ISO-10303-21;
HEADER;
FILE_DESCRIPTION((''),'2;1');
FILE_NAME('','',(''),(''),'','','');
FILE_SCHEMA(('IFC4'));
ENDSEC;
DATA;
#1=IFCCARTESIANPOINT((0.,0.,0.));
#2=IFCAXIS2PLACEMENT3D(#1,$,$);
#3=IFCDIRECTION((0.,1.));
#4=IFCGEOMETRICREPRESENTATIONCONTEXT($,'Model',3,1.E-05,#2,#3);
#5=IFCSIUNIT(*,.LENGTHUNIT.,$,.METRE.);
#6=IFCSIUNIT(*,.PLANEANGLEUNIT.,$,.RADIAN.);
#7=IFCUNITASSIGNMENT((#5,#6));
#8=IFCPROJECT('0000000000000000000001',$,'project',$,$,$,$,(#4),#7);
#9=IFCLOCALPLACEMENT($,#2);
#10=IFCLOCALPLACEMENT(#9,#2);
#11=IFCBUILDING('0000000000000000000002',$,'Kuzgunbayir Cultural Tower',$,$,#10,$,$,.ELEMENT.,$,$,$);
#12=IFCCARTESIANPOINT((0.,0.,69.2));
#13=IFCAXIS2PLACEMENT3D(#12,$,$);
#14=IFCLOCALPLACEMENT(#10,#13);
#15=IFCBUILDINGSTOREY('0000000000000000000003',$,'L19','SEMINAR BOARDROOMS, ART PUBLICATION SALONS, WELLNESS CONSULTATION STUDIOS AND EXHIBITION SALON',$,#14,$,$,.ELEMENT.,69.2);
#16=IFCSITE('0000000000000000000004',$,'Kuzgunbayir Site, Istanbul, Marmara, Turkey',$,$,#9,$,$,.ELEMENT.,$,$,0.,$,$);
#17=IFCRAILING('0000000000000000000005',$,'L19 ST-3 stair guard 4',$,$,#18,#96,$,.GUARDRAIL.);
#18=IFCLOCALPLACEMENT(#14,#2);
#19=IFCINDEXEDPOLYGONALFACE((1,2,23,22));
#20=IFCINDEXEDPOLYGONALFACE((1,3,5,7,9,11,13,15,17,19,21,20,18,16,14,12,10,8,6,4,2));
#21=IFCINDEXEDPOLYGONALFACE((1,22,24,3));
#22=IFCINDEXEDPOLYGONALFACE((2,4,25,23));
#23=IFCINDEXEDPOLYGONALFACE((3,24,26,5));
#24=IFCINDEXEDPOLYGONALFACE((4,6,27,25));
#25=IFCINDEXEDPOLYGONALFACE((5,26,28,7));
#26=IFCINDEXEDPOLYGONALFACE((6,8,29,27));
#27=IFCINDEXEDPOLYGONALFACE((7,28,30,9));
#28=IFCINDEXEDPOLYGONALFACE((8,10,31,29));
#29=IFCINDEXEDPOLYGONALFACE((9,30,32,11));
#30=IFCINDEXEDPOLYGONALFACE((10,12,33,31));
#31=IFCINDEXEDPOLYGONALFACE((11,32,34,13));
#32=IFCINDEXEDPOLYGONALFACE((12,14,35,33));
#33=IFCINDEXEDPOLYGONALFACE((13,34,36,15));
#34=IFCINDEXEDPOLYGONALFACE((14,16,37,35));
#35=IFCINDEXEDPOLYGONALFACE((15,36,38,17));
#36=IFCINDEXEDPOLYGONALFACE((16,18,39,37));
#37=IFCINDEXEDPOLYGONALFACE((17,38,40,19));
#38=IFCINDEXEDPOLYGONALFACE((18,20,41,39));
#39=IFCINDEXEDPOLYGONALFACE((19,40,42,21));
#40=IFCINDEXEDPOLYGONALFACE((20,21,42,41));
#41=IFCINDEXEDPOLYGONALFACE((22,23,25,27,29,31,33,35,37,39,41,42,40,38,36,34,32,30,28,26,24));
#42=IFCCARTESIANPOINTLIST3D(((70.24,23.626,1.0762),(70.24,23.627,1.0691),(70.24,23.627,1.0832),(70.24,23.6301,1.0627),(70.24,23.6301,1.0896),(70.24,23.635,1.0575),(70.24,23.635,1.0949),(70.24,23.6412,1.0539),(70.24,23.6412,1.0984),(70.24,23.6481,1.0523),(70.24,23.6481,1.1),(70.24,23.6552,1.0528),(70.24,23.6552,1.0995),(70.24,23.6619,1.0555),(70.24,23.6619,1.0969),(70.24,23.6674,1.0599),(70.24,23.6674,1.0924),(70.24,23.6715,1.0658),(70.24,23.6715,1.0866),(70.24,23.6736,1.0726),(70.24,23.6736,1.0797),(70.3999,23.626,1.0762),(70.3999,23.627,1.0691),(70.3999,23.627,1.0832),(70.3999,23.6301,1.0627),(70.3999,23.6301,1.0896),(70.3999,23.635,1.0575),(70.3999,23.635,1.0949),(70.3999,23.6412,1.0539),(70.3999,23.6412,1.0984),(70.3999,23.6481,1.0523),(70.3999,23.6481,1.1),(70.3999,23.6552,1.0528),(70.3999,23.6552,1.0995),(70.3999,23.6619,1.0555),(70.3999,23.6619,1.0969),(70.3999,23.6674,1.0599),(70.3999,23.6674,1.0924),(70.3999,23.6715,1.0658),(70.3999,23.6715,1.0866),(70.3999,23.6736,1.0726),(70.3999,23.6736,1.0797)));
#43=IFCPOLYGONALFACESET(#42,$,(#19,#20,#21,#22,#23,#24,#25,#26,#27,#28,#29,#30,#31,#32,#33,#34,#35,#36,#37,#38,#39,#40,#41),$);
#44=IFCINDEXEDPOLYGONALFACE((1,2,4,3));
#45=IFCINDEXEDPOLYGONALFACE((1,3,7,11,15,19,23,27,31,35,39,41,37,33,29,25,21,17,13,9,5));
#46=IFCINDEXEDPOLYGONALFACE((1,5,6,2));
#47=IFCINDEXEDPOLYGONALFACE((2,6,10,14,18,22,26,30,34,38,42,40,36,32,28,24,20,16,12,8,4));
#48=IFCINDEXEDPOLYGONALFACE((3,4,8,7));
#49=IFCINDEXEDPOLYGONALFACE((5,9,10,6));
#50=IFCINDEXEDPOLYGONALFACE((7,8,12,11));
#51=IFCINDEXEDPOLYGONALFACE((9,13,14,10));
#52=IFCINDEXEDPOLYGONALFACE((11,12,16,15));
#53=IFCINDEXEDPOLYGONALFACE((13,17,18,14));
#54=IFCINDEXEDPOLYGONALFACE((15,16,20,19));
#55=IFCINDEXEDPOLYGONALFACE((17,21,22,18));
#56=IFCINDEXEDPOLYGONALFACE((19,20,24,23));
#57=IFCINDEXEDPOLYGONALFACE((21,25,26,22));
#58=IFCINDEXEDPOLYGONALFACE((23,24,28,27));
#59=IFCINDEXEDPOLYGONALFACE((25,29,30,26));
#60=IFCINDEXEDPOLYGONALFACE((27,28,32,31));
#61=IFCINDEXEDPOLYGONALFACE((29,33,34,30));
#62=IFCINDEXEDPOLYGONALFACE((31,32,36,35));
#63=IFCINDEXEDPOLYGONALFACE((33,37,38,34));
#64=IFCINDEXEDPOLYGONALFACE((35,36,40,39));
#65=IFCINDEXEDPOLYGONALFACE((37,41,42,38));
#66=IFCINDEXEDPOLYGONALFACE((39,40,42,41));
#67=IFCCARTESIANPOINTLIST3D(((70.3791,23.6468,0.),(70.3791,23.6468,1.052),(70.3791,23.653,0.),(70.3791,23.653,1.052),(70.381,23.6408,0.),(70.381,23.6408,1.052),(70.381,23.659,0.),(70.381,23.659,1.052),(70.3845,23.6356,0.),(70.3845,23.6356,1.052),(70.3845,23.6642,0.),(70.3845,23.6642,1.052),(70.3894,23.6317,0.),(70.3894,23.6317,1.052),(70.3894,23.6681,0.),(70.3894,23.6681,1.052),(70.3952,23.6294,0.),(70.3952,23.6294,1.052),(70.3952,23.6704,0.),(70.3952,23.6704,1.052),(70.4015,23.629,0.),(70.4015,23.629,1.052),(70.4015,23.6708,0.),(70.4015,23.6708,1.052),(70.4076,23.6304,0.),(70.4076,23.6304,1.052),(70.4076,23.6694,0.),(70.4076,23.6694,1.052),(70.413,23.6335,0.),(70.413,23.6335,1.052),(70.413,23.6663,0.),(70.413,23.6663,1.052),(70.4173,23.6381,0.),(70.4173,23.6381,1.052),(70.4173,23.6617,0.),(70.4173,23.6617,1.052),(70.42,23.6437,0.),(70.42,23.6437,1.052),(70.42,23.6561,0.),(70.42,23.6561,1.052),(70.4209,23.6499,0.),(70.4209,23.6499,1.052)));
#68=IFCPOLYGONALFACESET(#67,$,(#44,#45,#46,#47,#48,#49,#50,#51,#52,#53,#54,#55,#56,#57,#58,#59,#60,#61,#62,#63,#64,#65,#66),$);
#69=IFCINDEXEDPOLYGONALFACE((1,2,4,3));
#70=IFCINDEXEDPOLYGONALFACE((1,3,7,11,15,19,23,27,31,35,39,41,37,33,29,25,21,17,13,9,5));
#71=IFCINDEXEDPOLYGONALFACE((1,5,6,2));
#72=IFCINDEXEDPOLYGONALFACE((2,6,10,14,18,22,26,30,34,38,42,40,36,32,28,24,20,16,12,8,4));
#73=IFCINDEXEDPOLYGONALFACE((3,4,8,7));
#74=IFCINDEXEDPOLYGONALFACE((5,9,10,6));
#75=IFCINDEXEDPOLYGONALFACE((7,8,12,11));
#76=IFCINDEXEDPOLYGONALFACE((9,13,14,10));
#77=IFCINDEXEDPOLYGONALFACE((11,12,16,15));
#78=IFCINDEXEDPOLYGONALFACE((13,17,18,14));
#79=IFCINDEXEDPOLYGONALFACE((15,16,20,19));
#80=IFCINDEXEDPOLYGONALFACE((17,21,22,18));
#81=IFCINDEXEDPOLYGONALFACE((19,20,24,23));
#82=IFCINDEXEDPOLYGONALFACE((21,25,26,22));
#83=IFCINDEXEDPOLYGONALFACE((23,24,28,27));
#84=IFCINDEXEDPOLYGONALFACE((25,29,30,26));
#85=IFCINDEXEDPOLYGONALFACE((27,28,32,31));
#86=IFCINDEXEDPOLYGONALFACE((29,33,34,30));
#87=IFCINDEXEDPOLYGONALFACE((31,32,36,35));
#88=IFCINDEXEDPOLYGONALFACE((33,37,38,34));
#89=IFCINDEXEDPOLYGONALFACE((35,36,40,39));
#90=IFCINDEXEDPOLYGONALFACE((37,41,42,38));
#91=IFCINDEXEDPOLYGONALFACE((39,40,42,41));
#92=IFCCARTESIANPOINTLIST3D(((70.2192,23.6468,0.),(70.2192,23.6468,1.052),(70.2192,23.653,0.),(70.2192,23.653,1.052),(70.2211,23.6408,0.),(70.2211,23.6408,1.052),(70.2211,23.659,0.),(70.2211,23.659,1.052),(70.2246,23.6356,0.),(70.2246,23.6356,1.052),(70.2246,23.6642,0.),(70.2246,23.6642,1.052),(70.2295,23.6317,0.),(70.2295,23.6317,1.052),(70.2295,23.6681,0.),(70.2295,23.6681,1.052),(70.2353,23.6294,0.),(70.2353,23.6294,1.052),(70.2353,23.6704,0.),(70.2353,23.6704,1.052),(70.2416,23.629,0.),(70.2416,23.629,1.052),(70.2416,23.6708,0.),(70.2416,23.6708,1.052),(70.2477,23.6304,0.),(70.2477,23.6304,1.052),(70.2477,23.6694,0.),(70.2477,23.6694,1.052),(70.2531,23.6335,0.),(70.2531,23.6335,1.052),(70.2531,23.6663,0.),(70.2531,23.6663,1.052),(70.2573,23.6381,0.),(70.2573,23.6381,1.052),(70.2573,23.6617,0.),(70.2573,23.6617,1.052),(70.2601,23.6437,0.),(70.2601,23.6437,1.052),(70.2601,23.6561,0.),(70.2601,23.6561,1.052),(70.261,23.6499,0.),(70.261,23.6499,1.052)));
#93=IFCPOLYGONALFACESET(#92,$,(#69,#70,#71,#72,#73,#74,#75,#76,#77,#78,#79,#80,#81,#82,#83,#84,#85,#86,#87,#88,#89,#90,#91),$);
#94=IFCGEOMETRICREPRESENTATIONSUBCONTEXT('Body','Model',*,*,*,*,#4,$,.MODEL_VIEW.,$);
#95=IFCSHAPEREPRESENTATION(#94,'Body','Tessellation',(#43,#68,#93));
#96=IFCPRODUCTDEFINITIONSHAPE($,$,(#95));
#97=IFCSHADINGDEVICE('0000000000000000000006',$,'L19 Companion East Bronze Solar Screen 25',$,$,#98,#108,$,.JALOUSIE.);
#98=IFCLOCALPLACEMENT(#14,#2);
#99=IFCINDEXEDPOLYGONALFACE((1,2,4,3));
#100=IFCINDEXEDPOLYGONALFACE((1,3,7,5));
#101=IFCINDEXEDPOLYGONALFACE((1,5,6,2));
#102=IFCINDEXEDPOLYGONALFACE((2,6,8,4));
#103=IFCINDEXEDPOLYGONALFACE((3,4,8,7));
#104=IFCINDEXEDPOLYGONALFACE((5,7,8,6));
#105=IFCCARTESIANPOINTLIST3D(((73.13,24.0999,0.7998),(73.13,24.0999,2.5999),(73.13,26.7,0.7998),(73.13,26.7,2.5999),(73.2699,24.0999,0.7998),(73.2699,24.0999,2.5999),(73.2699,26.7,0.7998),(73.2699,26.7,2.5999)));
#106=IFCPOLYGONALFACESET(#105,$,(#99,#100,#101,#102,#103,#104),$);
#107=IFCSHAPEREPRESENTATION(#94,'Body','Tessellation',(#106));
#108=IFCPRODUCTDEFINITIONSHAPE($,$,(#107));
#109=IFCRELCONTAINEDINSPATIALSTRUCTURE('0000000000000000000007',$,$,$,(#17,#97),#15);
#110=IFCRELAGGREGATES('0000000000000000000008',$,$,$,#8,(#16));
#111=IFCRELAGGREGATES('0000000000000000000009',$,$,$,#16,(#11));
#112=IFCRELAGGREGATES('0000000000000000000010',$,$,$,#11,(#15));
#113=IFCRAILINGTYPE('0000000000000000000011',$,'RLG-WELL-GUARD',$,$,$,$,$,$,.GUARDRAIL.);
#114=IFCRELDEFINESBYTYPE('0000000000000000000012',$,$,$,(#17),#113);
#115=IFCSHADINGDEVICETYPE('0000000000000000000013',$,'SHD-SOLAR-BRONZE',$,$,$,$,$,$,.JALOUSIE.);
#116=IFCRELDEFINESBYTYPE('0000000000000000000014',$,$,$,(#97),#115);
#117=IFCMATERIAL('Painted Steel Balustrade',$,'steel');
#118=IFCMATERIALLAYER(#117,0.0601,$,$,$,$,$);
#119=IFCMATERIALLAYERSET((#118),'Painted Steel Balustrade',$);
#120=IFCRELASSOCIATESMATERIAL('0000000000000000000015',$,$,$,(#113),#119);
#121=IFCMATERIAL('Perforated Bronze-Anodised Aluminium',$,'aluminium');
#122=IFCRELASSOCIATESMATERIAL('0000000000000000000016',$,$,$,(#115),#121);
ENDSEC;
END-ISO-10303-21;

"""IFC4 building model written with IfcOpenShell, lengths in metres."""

from ifc_helpers import new_model, si_unit, direction, frame, origin, origin_2d, place, context, subcontext, project, spatial, rectangle, circle, extrude, material, layer, layer_set, type_object, element, save


model = new_model("IFC4")

# Units and contexts
model_context = context("Model", 3, precision=1e-05, world=origin(), true_north=direction((0.0, 1.0)))
body_context = subcontext(model_context, "Body", "Model", "MODEL_VIEW")
ifc_project = project(units=[si_unit("LENGTHUNIT", "METRE"), si_unit("PLANEANGLEUNIT", "RADIAN")], contexts=[model_context])

# Site, building, storey
site_placement = place(None, origin())
site = spatial("IfcSite", under=ifc_project, at=site_placement, Name="Kuzgunbayir Site, Istanbul, Marmara, Turkey", CompositionType="ELEMENT", RefElevation=0.0)
building_placement = place(site_placement, origin())
building = spatial("IfcBuilding", under=site, at=building_placement, Name="Kuzgunbayir Cultural Tower", CompositionType="ELEMENT")
storey_placement = place(building_placement, frame((0.0, 0.0, 69.2)))
storey = spatial("IfcBuildingStorey", under=building, at=storey_placement, Name="L19", Description="SEMINAR BOARDROOMS, ART PUBLICATION SALONS, WELLNESS CONSULTATION STUDIOS AND EXHIBITION SALON", CompositionType="ELEMENT", Elevation=69.2)

# Railing
ifc_material_1 = material(Name="Painted Steel Balustrade", Category="steel")
ifc_layer_1 = layer(ifc_material_1, 0.0601)
ifc_layer_set_1 = layer_set([ifc_layer_1], Name="Painted Steel Balustrade")
railing_type_1 = type_object("IfcRailingType", Name="RLG-WELL-GUARD", PredefinedType="GUARDRAIL", material=ifc_layer_set_1)
railing_1_placement = place(storey_placement, frame((70.3999, 23.6499, 0.0)))
element("IfcRailing", 1, at=railing_1_placement, inside=storey, type_object=railing_type_1, Name="L19 ST-3 stair guard 4", PredefinedType="GUARDRAIL", context=body_context, shape_type="SweptSolid", body=[
    extrude(circle(Radius=0.0239, at=origin_2d()), frame((0.0, 0.0, 1.0762), z_axis=(-1.0, 0.0, 0.0), x_axis=(0.0, -1.0, 0.0)), (0.0, 0.0, 1.0), 0.1599),
    extrude(circle(Radius=0.021, at=origin_2d()), origin(), (0.0, 0.0, 1.0), 1.052),
    extrude(circle(Radius=0.021, at=origin_2d()), frame((-0.1599, 0.0, 0.0)), (0.0, 0.0, 1.0), 1.052),
])

# Shading device
ifc_material_2 = material(Name="Perforated Bronze-Anodised Aluminium", Category="aluminium")
shading_device_type = type_object("IfcShadingDeviceType", Name="SHD-SOLAR-BRONZE", PredefinedType="JALOUSIE", material=ifc_material_2)
shading_device_placement = place(storey_placement, frame((73.2, 25.3999, 0.7998), z_axis=(0.0, 0.0, 1.0), x_axis=(1.0, 0.0, 0.0)))
element("IfcShadingDevice", 2, at=shading_device_placement, inside=storey, type_object=shading_device_type, Name="L19 Companion East Bronze Solar Screen 25", PredefinedType="JALOUSIE", context=body_context, shape_type="SweptSolid", body=[
    extrude(rectangle(XDim=0.1399, YDim=2.6001, at=origin_2d()), origin(), (0.0, 0.0, 1.0), 1.8),
])

save(model, "model.ifc")
